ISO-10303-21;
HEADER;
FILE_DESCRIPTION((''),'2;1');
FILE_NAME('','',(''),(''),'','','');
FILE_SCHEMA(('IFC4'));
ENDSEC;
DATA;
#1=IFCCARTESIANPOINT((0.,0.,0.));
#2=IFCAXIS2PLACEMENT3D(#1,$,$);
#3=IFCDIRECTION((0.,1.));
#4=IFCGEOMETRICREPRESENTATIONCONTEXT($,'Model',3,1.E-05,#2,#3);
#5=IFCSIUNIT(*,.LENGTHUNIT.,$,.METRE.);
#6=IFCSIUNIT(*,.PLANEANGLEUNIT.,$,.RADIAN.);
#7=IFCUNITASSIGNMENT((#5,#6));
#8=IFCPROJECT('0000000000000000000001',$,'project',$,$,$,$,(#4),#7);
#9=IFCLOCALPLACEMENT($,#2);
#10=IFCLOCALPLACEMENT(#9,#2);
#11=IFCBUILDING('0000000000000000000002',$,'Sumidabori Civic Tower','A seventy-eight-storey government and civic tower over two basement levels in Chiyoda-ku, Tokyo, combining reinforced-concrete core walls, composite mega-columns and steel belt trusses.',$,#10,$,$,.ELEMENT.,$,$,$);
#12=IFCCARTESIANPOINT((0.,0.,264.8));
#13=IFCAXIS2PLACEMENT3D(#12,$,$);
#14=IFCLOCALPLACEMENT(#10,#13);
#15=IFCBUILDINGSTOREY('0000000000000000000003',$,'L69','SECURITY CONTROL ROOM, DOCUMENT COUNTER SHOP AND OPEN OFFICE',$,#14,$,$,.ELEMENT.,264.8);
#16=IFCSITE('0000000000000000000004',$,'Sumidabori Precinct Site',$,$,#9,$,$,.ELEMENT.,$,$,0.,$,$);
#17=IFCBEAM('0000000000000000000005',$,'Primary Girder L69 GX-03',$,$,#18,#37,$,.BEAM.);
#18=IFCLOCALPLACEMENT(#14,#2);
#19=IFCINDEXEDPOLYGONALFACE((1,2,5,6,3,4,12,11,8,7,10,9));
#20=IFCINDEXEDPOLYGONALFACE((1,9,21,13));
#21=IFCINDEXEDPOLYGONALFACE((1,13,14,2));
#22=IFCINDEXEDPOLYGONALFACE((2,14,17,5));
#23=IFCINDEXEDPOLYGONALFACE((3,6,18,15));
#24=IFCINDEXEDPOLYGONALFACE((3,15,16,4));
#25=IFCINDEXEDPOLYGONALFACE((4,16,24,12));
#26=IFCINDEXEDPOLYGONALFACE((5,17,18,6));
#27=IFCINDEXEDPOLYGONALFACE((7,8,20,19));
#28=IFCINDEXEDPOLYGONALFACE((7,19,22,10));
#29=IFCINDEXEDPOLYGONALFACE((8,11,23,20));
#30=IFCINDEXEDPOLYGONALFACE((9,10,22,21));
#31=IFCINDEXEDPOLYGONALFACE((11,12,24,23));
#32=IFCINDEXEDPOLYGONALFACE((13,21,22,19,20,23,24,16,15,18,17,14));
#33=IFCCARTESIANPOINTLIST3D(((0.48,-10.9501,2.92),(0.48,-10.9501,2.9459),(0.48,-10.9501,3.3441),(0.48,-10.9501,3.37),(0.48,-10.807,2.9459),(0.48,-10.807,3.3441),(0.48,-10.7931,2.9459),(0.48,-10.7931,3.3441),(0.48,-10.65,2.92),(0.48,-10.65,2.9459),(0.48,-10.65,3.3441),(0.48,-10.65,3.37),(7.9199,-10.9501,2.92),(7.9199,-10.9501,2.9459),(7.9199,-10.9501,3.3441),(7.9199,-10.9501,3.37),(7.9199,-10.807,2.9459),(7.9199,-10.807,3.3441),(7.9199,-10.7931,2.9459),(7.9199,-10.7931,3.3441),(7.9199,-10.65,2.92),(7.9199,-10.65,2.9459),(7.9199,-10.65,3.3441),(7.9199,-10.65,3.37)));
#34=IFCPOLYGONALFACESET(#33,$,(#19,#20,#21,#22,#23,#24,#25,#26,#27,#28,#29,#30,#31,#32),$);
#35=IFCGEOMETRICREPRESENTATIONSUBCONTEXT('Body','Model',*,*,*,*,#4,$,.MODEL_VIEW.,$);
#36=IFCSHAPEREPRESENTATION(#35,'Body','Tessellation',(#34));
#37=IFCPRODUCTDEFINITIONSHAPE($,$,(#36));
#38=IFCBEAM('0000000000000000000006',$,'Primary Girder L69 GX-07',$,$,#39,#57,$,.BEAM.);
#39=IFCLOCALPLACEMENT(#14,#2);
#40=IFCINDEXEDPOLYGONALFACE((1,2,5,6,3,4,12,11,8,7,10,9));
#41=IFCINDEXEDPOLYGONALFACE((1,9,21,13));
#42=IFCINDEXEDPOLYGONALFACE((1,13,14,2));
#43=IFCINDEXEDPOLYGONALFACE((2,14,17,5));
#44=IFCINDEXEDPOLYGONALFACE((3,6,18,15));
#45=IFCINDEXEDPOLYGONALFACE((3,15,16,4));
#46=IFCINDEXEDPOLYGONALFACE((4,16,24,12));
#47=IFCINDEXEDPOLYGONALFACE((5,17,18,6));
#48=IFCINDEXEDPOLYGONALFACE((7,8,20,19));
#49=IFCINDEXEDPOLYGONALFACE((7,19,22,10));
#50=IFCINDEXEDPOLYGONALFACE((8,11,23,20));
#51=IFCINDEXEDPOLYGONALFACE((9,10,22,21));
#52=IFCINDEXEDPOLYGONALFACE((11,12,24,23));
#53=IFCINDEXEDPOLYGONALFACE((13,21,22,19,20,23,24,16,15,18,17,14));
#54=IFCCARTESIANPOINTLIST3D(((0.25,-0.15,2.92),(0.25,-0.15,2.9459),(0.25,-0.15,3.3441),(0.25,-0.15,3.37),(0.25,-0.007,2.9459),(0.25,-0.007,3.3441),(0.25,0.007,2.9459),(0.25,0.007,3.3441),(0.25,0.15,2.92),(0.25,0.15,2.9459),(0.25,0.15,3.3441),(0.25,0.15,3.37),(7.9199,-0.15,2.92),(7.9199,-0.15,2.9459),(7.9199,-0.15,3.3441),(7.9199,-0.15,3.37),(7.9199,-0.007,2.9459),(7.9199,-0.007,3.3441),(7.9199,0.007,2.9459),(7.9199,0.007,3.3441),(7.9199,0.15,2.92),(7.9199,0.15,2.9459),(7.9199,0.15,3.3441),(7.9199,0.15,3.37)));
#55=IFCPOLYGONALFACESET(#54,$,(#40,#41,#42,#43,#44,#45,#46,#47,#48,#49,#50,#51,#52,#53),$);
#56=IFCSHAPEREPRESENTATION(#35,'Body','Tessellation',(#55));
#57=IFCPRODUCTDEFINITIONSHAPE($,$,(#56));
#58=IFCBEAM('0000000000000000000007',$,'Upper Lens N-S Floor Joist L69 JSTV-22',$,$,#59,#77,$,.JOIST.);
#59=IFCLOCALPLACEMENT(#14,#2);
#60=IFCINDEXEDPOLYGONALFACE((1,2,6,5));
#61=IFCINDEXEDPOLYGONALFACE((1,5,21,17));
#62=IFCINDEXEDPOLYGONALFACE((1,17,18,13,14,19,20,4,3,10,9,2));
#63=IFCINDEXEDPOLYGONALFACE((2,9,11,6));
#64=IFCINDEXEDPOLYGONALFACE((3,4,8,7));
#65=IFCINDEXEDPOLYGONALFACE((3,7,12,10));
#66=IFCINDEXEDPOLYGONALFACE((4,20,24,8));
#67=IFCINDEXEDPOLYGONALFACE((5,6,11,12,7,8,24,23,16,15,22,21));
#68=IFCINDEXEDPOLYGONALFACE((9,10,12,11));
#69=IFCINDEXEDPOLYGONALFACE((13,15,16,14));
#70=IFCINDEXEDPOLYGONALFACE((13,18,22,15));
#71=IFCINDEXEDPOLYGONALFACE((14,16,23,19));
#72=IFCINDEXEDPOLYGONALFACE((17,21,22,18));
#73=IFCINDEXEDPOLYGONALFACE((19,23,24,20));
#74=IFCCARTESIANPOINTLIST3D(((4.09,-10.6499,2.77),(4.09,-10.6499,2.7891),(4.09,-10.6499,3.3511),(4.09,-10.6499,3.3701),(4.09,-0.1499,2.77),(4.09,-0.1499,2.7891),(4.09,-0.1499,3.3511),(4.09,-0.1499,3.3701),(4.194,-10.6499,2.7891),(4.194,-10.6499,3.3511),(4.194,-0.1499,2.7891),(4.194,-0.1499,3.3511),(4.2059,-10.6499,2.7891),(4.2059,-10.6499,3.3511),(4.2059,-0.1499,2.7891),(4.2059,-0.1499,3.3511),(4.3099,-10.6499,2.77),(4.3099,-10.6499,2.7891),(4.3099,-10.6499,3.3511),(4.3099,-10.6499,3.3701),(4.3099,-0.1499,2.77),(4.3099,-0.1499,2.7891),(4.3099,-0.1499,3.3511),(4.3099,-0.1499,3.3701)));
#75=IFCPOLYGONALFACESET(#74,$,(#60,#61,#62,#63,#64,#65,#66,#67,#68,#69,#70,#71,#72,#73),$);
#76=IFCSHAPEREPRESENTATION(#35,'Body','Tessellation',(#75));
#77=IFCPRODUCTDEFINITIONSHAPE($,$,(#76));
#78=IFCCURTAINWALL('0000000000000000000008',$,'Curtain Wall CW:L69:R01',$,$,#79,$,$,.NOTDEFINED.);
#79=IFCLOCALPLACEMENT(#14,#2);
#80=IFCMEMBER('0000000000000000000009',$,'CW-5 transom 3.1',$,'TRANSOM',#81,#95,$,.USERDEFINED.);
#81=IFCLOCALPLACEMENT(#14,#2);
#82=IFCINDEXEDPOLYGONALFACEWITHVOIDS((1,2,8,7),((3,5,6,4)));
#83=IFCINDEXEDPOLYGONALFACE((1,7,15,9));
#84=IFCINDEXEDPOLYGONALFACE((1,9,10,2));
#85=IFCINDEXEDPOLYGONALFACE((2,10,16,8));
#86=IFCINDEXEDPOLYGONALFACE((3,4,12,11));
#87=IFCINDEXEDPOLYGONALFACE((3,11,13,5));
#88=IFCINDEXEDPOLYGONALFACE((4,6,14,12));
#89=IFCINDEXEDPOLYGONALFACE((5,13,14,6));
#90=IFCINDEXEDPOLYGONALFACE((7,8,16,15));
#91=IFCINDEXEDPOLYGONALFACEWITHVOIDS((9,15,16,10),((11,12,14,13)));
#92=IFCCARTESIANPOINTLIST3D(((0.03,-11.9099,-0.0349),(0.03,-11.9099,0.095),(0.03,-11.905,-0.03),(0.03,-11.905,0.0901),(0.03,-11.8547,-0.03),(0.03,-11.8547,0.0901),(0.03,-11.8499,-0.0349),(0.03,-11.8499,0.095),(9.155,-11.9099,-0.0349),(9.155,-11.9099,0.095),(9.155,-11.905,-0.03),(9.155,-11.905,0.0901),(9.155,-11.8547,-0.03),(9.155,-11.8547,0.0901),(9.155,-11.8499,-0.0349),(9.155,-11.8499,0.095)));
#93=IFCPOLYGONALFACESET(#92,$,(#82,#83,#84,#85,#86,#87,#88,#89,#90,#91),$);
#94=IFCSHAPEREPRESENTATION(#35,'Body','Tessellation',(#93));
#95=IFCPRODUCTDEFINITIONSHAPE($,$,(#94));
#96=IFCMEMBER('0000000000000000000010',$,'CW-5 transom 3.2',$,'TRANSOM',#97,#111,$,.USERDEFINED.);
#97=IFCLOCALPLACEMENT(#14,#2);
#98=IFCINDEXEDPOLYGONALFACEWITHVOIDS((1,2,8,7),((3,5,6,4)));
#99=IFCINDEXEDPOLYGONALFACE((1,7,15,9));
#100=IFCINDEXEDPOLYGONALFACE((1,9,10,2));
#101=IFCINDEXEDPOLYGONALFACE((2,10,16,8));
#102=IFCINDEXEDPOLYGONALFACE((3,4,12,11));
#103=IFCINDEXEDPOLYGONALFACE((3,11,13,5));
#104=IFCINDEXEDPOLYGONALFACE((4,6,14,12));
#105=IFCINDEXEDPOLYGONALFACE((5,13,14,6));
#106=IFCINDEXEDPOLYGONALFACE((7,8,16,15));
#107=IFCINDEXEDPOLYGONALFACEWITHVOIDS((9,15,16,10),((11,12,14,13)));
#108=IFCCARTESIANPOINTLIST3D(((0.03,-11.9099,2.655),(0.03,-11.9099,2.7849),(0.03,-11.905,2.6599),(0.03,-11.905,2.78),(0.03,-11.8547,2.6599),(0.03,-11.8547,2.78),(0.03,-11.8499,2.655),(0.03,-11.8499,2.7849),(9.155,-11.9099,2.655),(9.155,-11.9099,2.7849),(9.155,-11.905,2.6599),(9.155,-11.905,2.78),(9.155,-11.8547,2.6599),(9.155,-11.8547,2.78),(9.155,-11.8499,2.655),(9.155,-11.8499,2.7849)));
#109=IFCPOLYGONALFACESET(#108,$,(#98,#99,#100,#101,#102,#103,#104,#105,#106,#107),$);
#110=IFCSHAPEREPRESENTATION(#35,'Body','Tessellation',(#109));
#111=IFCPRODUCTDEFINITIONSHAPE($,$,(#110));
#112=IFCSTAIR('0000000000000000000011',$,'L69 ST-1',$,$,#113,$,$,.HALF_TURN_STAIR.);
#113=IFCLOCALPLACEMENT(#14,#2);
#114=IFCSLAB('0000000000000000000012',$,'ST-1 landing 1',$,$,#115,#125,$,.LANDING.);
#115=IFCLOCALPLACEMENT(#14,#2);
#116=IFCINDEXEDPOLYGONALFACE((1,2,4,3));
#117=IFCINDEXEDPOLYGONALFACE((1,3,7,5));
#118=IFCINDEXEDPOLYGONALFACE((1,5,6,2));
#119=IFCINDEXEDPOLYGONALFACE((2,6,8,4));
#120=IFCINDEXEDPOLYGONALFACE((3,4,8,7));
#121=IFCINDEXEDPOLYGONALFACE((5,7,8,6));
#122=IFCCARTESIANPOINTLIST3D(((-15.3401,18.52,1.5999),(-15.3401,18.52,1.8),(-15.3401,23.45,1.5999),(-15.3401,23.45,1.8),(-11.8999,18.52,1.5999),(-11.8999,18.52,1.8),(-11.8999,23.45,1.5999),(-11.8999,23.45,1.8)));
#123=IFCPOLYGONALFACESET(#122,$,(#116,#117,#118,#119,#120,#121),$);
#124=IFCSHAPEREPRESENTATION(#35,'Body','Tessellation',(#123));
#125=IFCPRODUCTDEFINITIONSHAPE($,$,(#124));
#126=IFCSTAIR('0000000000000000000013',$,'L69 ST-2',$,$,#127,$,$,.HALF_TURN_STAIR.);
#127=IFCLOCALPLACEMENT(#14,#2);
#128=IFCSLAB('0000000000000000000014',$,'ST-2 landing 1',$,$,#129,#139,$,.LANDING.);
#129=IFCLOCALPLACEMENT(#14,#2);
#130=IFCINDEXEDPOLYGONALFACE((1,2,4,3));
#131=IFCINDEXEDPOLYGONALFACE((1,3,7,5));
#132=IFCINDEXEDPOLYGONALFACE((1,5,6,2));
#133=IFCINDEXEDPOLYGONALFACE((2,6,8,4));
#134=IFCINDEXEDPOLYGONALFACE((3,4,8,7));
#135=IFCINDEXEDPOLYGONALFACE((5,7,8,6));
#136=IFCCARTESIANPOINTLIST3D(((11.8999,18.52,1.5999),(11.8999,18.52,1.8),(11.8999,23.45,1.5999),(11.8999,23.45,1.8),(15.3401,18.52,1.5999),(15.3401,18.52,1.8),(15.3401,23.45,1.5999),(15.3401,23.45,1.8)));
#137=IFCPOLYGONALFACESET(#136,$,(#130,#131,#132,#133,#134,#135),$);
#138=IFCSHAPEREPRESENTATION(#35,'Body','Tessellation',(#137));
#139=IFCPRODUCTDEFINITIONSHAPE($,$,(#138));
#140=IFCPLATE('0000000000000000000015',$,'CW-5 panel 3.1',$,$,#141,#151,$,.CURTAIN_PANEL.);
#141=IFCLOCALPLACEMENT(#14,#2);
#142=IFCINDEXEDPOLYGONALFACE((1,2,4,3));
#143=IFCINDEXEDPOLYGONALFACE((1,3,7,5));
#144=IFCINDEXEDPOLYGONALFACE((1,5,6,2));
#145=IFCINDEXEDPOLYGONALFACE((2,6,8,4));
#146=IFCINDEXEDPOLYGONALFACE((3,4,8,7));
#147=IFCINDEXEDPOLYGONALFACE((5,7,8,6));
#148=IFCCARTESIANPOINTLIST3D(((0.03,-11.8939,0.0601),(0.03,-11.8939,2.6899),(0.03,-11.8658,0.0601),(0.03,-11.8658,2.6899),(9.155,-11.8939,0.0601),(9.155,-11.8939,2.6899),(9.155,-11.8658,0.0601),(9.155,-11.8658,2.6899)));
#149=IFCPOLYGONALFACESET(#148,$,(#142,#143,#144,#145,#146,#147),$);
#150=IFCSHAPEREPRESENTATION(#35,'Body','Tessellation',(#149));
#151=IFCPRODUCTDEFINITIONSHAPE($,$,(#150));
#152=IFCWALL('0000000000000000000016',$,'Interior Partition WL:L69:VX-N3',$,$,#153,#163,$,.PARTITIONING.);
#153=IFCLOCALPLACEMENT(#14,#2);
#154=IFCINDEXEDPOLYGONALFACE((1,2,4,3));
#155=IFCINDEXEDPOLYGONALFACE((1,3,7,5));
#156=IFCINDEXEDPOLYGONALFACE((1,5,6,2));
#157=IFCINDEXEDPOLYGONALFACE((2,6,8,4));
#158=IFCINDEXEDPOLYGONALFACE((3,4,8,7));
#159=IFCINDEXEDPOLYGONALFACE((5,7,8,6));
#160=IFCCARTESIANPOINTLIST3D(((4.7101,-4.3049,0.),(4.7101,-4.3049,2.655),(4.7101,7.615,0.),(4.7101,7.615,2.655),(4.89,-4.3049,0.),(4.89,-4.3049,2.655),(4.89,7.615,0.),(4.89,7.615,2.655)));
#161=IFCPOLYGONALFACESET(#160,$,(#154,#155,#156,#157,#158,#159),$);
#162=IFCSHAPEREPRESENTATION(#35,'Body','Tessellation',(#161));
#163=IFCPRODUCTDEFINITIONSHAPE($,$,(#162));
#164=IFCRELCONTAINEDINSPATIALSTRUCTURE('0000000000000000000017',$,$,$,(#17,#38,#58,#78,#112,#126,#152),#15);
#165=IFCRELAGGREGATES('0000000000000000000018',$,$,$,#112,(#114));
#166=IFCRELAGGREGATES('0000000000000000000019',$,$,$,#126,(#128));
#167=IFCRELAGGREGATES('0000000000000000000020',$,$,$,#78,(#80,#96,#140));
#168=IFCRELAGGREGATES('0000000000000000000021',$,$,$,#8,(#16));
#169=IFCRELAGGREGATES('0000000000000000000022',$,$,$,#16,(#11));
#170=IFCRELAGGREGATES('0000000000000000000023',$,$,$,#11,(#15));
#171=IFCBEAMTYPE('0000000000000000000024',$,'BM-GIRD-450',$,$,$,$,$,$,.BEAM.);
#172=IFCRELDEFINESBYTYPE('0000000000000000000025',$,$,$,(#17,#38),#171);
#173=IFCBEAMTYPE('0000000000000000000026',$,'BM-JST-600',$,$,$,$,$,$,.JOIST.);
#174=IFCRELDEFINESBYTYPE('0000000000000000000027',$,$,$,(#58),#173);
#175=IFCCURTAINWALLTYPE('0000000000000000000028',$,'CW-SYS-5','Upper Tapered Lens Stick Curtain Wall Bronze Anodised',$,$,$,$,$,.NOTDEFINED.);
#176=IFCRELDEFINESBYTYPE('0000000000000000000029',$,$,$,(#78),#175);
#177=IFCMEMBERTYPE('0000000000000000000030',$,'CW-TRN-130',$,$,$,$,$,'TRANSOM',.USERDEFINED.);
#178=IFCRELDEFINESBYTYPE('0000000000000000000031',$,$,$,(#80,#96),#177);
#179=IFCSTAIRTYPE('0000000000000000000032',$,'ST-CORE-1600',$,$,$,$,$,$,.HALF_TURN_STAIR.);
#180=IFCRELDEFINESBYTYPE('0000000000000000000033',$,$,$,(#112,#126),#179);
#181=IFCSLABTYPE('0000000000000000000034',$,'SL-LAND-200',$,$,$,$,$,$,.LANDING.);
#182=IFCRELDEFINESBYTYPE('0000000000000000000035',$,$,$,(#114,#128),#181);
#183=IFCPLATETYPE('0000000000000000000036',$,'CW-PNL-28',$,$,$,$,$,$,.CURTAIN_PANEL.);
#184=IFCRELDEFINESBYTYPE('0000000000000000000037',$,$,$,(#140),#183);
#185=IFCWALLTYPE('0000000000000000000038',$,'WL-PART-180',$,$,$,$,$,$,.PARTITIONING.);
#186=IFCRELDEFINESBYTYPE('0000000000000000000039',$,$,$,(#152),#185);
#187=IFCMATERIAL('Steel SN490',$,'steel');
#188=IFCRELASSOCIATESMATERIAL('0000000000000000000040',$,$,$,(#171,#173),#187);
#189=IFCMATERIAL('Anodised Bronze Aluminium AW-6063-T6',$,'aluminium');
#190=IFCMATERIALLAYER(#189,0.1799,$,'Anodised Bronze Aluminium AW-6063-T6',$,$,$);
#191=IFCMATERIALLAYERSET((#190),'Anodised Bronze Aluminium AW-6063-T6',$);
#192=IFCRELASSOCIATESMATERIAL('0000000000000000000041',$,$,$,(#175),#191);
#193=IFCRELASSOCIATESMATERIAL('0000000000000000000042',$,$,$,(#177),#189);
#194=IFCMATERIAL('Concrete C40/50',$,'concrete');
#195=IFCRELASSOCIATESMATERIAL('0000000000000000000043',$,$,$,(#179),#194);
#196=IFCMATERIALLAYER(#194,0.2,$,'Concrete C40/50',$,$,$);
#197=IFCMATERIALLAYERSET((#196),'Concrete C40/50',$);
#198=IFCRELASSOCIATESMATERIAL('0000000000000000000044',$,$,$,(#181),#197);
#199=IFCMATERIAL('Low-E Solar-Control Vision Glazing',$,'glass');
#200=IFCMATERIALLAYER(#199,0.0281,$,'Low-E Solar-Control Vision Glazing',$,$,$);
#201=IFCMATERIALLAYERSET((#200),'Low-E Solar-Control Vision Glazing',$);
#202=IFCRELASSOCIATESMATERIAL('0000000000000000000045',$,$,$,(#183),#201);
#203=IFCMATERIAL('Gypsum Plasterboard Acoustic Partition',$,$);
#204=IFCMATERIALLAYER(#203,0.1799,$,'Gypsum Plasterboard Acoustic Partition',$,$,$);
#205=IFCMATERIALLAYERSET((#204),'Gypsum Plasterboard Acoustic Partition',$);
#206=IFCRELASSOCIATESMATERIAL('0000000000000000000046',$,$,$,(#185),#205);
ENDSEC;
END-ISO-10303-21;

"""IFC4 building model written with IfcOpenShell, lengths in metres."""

from ifc_helpers import new_model, si_unit, direction, frame, frame_2d, origin, origin_2d, place, context, subcontext, project, spatial, polyline, rectangle, hollow_rectangle, i_section, outline, extrude, source, transform, mapped, material, layer, layer_set, material_profile, profile_set, type_object, element, aggregate, save


model = new_model("IFC4")

# Units and contexts
model_context = context("Model", 3, precision=1e-05, world=origin(), true_north=direction((0.0, 1.0)))
body_context = subcontext(model_context, "Body", "Model", "MODEL_VIEW")
ifc_project = project(units=[si_unit("LENGTHUNIT", "METRE"), si_unit("PLANEANGLEUNIT", "RADIAN")], contexts=[model_context])

# Site, building, storey
site_placement = place(None, origin())
site = spatial("IfcSite", under=ifc_project, at=site_placement, Name="Sumidabori Precinct Site", CompositionType="ELEMENT", RefElevation=0.0)
building_placement = place(site_placement, origin())
building = spatial("IfcBuilding", under=site, at=building_placement, Name="Sumidabori Civic Tower", Description="A seventy-eight-storey government and civic tower over two basement levels in Chiyoda-ku, Tokyo, combining reinforced-concrete core walls, composite mega-columns and steel belt trusses.", CompositionType="ELEMENT")
storey_placement = place(building_placement, frame((0.0, 0.0, 264.8)))
storey = spatial("IfcBuildingStorey", under=building, at=storey_placement, Name="L69", Description="SECURITY CONTROL ROOM, DOCUMENT COUNTER SHOP AND OPEN OFFICE", CompositionType="ELEMENT", Elevation=264.8)

# Beams
ifc_material_1 = material(Name="Steel SN490", Category="steel")
ifc_material_profile_1 = material_profile(ifc_material_1, i_section(OverallWidth=0.3, OverallDepth=0.45, WebThickness=0.0139, FlangeThickness=0.0259, at=origin_2d()), Name="HE 450 B")
ifc_profile_set_1 = profile_set([ifc_material_profile_1], Name="Steel SN490")
beam_type_1 = type_object("IfcBeamType", Name="BM-GIRD-450", PredefinedType="BEAM", material=ifc_profile_set_1)
shared_shape_1 = source(origin(), body_context, "Body", "SweptSolid", [
    extrude(i_section(OverallWidth=0.3, OverallDepth=0.45, WebThickness=0.0139, FlangeThickness=0.0259, at=origin_2d()), origin(), (0.0, 0.0, 1.0), 7.4399),
])
beam_1_placement = place(storey_placement, frame((0.48, -10.8, 3.145), z_axis=(1.0, 0.0, 0.0), x_axis=(0.0, 1.0, 0.0)))
element("IfcBeam", 1, at=beam_1_placement, inside=storey, type_object=beam_type_1, Name="Primary Girder L69 GX-03", PredefinedType="BEAM", context=body_context, shape_type="MappedRepresentation", body=[
    mapped(shared_shape_1, transform((0.0, 0.0, 0.0), x_axis=(1.0, 0.0, 0.0), y_axis=(0.0, 1.0, 0.0), z_axis=(0.0, 0.0, 1.0), scale=1.0)),
])
shared_shape_2 = source(origin(), body_context, "Body", "SweptSolid", [
    extrude(i_section(OverallWidth=0.3, OverallDepth=0.45, WebThickness=0.0139, FlangeThickness=0.0259, at=origin_2d()), origin(), (0.0, 0.0, 1.0), 7.6699),
])
beam_2_placement = place(storey_placement, frame((0.25, 0.0, 3.145), z_axis=(1.0, 0.0, 0.0), x_axis=(0.0, 1.0, 0.0)))
element("IfcBeam", 2, at=beam_2_placement, inside=storey, type_object=beam_type_1, Name="Primary Girder L69 GX-07", PredefinedType="BEAM", context=body_context, shape_type="MappedRepresentation", body=[
    mapped(shared_shape_2, transform((0.0, 0.0, 0.0), x_axis=(1.0, 0.0, 0.0), y_axis=(0.0, 1.0, 0.0), z_axis=(0.0, 0.0, 1.0), scale=1.0)),
])
ifc_material_profile_2 = material_profile(ifc_material_1, i_section(OverallWidth=0.22, OverallDepth=0.6001, WebThickness=0.012, FlangeThickness=0.019, at=origin_2d()), Name="IPE 600")
ifc_profile_set_2 = profile_set([ifc_material_profile_2], Name="Steel SN490")
beam_type_2 = type_object("IfcBeamType", Name="BM-JST-600", PredefinedType="JOIST", material=ifc_profile_set_2)
shared_shape_3 = source(origin(), body_context, "Body", "SweptSolid", [
    extrude(i_section(OverallWidth=0.22, OverallDepth=0.6001, WebThickness=0.012, FlangeThickness=0.019, at=origin_2d()), origin(), (0.0, 0.0, 1.0), 10.5),
])
beam_3_placement = place(storey_placement, frame((4.2, -10.6499, 3.0701), z_axis=(0.0, 1.0, 0.0), x_axis=(-1.0, 0.0, 0.0)))
element("IfcBeam", 3, at=beam_3_placement, inside=storey, type_object=beam_type_2, Name="Upper Lens N-S Floor Joist L69 JSTV-22", PredefinedType="JOIST", context=body_context, shape_type="MappedRepresentation", body=[
    mapped(shared_shape_3, transform((0.0, 0.0, 0.0), x_axis=(1.0, 0.0, 0.0), y_axis=(0.0, 1.0, 0.0), z_axis=(0.0, 0.0, 1.0), scale=1.0)),
])

# Curtain wall, members
ifc_material_2 = material(Name="Anodised Bronze Aluminium AW-6063-T6", Category="aluminium")
ifc_layer_1 = layer(ifc_material_2, 0.1799, Name="Anodised Bronze Aluminium AW-6063-T6")
ifc_layer_set_1 = layer_set([ifc_layer_1], Name="Anodised Bronze Aluminium AW-6063-T6")
curtain_wall_type = type_object("IfcCurtainWallType", Name="CW-SYS-5", Description="Upper Tapered Lens Stick Curtain Wall Bronze Anodised", PredefinedType="NOTDEFINED", material=ifc_layer_set_1)
curtain_wall_placement = place(storey_placement, origin())
curtain_wall = element("IfcCurtainWall", 4, at=curtain_wall_placement, inside=storey, type_object=curtain_wall_type, Name="Curtain Wall CW:L69:R01", PredefinedType="NOTDEFINED")
ifc_material_profile_3 = material_profile(ifc_material_2, hollow_rectangle(XDim=0.0601, YDim=0.1299, WallThickness=0.0049, at=origin_2d()), Name="ALU TRANSOM 130x60")
ifc_profile_set_3 = profile_set([ifc_material_profile_3], Name="Anodised Bronze Aluminium AW-6063-T6")
member_type = type_object("IfcMemberType", Name="CW-TRN-130", ElementType="TRANSOM", PredefinedType="USERDEFINED", material=ifc_profile_set_3)
shared_shape_4 = source(origin(), body_context, "Body", "SweptSolid", [
    extrude(hollow_rectangle(XDim=0.0601, YDim=0.1299, WallThickness=0.0049, at=origin_2d()), origin(), (0.0, 0.0, 1.0), 9.125),
])
member_1_placement = place(storey_placement, frame((0.03, -11.8799, 0.03), z_axis=(1.0, 0.0, 0.0), x_axis=(0.0, 1.0, 0.0)))
member_1 = element("IfcMember", 5, at=member_1_placement, type_object=member_type, Name="CW-5 transom 3.1", ObjectType="TRANSOM", PredefinedType="USERDEFINED", context=body_context, shape_type="MappedRepresentation", body=[
    mapped(shared_shape_4, transform((0.0, 0.0, 0.0), x_axis=(1.0, 0.0, 0.0), y_axis=(0.0, 1.0, 0.0), z_axis=(0.0, 0.0, 1.0), scale=1.0)),
])
member_2_placement = place(storey_placement, frame((0.03, -11.8799, 2.72), z_axis=(1.0, 0.0, 0.0), x_axis=(0.0, 1.0, 0.0)))
member_2 = element("IfcMember", 6, at=member_2_placement, type_object=member_type, Name="CW-5 transom 3.2", ObjectType="TRANSOM", PredefinedType="USERDEFINED", context=body_context, shape_type="MappedRepresentation", body=[
    mapped(shared_shape_4, transform((0.0, 0.0, 0.0), x_axis=(1.0, 0.0, 0.0), y_axis=(0.0, 1.0, 0.0), z_axis=(0.0, 0.0, 1.0), scale=1.0)),
])

# Stairs, slabs
ifc_material_3 = material(Name="Concrete C40/50", Category="concrete")
stair_type = type_object("IfcStairType", Name="ST-CORE-1600", PredefinedType="HALF_TURN_STAIR", material=ifc_material_3)
stair_1_placement = place(storey_placement, origin())
stair_1 = element("IfcStair", 7, at=stair_1_placement, inside=storey, type_object=stair_type, Name="L69 ST-1", PredefinedType="HALF_TURN_STAIR")
ifc_layer_2 = layer(ifc_material_3, 0.2, Name="Concrete C40/50")
ifc_layer_set_2 = layer_set([ifc_layer_2], Name="Concrete C40/50")
slab_type = type_object("IfcSlabType", Name="SL-LAND-200", PredefinedType="LANDING", material=ifc_layer_set_2)
slab_1_placement = place(storey_placement, frame((0.0, 0.0, 1.5999)))
slab_1 = element("IfcSlab", 8, at=slab_1_placement, type_object=slab_type, Name="ST-1 landing 1", PredefinedType="LANDING", context=body_context, shape_type="SweptSolid", body=[
    extrude(outline(polyline([(-11.8999, 18.52), (-11.8999, 23.45), (-15.3401, 23.45), (-15.3401, 18.52), (-11.8999, 18.52)])), origin(), (0.0, 0.0, 1.0), 0.2002),
])
aggregate(stair_1, [slab_1])
stair_2_placement = place(storey_placement, origin())
stair_2 = element("IfcStair", 9, at=stair_2_placement, inside=storey, type_object=stair_type, Name="L69 ST-2", PredefinedType="HALF_TURN_STAIR")
slab_2_placement = place(storey_placement, frame((0.0, 0.0, 1.5999)))
slab_2 = element("IfcSlab", 10, at=slab_2_placement, type_object=slab_type, Name="ST-2 landing 1", PredefinedType="LANDING", context=body_context, shape_type="SweptSolid", body=[
    extrude(outline(polyline([(15.3401, 18.52), (15.3401, 23.45), (11.8999, 23.45), (11.8999, 18.52), (15.3401, 18.52)])), origin(), (0.0, 0.0, 1.0), 0.2002),
])
aggregate(stair_2, [slab_2])

# Plate
ifc_material_4 = material(Name="Low-E Solar-Control Vision Glazing", Category="glass")
ifc_layer_3 = layer(ifc_material_4, 0.0281, Name="Low-E Solar-Control Vision Glazing")
ifc_layer_set_3 = layer_set([ifc_layer_3], Name="Low-E Solar-Control Vision Glazing")
plate_type = type_object("IfcPlateType", Name="CW-PNL-28", PredefinedType="CURTAIN_PANEL", material=ifc_layer_set_3)
shared_shape_5 = source(origin(), body_context, "Body", "SweptSolid", [
    extrude(rectangle(XDim=9.125, YDim=0.0281, at=origin_2d()), origin(), (0.0, 0.0, 1.0), 2.6299),
])
plate_placement = place(storey_placement, frame((4.5925, -11.8799, 0.0601), z_axis=(0.0, 0.0, 1.0), x_axis=(1.0, 0.0, 0.0)))
plate = element("IfcPlate", 11, at=plate_placement, type_object=plate_type, Name="CW-5 panel 3.1", PredefinedType="CURTAIN_PANEL", context=body_context, shape_type="MappedRepresentation", body=[
    mapped(shared_shape_5, transform((0.0, 0.0, 0.0), x_axis=(1.0, 0.0, 0.0), y_axis=(0.0, 1.0, 0.0), z_axis=(0.0, 0.0, 1.0), scale=1.0)),
])
aggregate(curtain_wall, [member_1, member_2, plate])

# Wall
ifc_material_5 = material(Name="Gypsum Plasterboard Acoustic Partition")
ifc_layer_4 = layer(ifc_material_5, 0.1799, Name="Gypsum Plasterboard Acoustic Partition")
ifc_layer_set_4 = layer_set([ifc_layer_4], Name="Gypsum Plasterboard Acoustic Partition")
wall_type = type_object("IfcWallType", Name="WL-PART-180", PredefinedType="PARTITIONING", material=ifc_layer_set_4)
shared_shape_6 = source(origin(), body_context, "Body", "SweptSolid", [
    extrude(rectangle(XDim=11.9199, YDim=0.1799, at=frame_2d((5.96, 0.0))), origin(), (0.0, 0.0, 1.0), 2.655),
])
wall_placement = place(storey_placement, frame((4.8, -4.3049, 0.0), z_axis=(0.0, 0.0, 1.0), x_axis=(0.0, 1.0, 0.0)))
element("IfcWall", 12, at=wall_placement, inside=storey, type_object=wall_type, Name="Interior Partition WL:L69:VX-N3", PredefinedType="PARTITIONING", context=body_context, shape_type="MappedRepresentation", body=[
    mapped(shared_shape_6, transform((0.0, 0.0, 0.0), x_axis=(1.0, 0.0, 0.0), y_axis=(0.0, 1.0, 0.0), z_axis=(0.0, 0.0, 1.0), scale=1.0)),
])

save(model, "model.ifc")
